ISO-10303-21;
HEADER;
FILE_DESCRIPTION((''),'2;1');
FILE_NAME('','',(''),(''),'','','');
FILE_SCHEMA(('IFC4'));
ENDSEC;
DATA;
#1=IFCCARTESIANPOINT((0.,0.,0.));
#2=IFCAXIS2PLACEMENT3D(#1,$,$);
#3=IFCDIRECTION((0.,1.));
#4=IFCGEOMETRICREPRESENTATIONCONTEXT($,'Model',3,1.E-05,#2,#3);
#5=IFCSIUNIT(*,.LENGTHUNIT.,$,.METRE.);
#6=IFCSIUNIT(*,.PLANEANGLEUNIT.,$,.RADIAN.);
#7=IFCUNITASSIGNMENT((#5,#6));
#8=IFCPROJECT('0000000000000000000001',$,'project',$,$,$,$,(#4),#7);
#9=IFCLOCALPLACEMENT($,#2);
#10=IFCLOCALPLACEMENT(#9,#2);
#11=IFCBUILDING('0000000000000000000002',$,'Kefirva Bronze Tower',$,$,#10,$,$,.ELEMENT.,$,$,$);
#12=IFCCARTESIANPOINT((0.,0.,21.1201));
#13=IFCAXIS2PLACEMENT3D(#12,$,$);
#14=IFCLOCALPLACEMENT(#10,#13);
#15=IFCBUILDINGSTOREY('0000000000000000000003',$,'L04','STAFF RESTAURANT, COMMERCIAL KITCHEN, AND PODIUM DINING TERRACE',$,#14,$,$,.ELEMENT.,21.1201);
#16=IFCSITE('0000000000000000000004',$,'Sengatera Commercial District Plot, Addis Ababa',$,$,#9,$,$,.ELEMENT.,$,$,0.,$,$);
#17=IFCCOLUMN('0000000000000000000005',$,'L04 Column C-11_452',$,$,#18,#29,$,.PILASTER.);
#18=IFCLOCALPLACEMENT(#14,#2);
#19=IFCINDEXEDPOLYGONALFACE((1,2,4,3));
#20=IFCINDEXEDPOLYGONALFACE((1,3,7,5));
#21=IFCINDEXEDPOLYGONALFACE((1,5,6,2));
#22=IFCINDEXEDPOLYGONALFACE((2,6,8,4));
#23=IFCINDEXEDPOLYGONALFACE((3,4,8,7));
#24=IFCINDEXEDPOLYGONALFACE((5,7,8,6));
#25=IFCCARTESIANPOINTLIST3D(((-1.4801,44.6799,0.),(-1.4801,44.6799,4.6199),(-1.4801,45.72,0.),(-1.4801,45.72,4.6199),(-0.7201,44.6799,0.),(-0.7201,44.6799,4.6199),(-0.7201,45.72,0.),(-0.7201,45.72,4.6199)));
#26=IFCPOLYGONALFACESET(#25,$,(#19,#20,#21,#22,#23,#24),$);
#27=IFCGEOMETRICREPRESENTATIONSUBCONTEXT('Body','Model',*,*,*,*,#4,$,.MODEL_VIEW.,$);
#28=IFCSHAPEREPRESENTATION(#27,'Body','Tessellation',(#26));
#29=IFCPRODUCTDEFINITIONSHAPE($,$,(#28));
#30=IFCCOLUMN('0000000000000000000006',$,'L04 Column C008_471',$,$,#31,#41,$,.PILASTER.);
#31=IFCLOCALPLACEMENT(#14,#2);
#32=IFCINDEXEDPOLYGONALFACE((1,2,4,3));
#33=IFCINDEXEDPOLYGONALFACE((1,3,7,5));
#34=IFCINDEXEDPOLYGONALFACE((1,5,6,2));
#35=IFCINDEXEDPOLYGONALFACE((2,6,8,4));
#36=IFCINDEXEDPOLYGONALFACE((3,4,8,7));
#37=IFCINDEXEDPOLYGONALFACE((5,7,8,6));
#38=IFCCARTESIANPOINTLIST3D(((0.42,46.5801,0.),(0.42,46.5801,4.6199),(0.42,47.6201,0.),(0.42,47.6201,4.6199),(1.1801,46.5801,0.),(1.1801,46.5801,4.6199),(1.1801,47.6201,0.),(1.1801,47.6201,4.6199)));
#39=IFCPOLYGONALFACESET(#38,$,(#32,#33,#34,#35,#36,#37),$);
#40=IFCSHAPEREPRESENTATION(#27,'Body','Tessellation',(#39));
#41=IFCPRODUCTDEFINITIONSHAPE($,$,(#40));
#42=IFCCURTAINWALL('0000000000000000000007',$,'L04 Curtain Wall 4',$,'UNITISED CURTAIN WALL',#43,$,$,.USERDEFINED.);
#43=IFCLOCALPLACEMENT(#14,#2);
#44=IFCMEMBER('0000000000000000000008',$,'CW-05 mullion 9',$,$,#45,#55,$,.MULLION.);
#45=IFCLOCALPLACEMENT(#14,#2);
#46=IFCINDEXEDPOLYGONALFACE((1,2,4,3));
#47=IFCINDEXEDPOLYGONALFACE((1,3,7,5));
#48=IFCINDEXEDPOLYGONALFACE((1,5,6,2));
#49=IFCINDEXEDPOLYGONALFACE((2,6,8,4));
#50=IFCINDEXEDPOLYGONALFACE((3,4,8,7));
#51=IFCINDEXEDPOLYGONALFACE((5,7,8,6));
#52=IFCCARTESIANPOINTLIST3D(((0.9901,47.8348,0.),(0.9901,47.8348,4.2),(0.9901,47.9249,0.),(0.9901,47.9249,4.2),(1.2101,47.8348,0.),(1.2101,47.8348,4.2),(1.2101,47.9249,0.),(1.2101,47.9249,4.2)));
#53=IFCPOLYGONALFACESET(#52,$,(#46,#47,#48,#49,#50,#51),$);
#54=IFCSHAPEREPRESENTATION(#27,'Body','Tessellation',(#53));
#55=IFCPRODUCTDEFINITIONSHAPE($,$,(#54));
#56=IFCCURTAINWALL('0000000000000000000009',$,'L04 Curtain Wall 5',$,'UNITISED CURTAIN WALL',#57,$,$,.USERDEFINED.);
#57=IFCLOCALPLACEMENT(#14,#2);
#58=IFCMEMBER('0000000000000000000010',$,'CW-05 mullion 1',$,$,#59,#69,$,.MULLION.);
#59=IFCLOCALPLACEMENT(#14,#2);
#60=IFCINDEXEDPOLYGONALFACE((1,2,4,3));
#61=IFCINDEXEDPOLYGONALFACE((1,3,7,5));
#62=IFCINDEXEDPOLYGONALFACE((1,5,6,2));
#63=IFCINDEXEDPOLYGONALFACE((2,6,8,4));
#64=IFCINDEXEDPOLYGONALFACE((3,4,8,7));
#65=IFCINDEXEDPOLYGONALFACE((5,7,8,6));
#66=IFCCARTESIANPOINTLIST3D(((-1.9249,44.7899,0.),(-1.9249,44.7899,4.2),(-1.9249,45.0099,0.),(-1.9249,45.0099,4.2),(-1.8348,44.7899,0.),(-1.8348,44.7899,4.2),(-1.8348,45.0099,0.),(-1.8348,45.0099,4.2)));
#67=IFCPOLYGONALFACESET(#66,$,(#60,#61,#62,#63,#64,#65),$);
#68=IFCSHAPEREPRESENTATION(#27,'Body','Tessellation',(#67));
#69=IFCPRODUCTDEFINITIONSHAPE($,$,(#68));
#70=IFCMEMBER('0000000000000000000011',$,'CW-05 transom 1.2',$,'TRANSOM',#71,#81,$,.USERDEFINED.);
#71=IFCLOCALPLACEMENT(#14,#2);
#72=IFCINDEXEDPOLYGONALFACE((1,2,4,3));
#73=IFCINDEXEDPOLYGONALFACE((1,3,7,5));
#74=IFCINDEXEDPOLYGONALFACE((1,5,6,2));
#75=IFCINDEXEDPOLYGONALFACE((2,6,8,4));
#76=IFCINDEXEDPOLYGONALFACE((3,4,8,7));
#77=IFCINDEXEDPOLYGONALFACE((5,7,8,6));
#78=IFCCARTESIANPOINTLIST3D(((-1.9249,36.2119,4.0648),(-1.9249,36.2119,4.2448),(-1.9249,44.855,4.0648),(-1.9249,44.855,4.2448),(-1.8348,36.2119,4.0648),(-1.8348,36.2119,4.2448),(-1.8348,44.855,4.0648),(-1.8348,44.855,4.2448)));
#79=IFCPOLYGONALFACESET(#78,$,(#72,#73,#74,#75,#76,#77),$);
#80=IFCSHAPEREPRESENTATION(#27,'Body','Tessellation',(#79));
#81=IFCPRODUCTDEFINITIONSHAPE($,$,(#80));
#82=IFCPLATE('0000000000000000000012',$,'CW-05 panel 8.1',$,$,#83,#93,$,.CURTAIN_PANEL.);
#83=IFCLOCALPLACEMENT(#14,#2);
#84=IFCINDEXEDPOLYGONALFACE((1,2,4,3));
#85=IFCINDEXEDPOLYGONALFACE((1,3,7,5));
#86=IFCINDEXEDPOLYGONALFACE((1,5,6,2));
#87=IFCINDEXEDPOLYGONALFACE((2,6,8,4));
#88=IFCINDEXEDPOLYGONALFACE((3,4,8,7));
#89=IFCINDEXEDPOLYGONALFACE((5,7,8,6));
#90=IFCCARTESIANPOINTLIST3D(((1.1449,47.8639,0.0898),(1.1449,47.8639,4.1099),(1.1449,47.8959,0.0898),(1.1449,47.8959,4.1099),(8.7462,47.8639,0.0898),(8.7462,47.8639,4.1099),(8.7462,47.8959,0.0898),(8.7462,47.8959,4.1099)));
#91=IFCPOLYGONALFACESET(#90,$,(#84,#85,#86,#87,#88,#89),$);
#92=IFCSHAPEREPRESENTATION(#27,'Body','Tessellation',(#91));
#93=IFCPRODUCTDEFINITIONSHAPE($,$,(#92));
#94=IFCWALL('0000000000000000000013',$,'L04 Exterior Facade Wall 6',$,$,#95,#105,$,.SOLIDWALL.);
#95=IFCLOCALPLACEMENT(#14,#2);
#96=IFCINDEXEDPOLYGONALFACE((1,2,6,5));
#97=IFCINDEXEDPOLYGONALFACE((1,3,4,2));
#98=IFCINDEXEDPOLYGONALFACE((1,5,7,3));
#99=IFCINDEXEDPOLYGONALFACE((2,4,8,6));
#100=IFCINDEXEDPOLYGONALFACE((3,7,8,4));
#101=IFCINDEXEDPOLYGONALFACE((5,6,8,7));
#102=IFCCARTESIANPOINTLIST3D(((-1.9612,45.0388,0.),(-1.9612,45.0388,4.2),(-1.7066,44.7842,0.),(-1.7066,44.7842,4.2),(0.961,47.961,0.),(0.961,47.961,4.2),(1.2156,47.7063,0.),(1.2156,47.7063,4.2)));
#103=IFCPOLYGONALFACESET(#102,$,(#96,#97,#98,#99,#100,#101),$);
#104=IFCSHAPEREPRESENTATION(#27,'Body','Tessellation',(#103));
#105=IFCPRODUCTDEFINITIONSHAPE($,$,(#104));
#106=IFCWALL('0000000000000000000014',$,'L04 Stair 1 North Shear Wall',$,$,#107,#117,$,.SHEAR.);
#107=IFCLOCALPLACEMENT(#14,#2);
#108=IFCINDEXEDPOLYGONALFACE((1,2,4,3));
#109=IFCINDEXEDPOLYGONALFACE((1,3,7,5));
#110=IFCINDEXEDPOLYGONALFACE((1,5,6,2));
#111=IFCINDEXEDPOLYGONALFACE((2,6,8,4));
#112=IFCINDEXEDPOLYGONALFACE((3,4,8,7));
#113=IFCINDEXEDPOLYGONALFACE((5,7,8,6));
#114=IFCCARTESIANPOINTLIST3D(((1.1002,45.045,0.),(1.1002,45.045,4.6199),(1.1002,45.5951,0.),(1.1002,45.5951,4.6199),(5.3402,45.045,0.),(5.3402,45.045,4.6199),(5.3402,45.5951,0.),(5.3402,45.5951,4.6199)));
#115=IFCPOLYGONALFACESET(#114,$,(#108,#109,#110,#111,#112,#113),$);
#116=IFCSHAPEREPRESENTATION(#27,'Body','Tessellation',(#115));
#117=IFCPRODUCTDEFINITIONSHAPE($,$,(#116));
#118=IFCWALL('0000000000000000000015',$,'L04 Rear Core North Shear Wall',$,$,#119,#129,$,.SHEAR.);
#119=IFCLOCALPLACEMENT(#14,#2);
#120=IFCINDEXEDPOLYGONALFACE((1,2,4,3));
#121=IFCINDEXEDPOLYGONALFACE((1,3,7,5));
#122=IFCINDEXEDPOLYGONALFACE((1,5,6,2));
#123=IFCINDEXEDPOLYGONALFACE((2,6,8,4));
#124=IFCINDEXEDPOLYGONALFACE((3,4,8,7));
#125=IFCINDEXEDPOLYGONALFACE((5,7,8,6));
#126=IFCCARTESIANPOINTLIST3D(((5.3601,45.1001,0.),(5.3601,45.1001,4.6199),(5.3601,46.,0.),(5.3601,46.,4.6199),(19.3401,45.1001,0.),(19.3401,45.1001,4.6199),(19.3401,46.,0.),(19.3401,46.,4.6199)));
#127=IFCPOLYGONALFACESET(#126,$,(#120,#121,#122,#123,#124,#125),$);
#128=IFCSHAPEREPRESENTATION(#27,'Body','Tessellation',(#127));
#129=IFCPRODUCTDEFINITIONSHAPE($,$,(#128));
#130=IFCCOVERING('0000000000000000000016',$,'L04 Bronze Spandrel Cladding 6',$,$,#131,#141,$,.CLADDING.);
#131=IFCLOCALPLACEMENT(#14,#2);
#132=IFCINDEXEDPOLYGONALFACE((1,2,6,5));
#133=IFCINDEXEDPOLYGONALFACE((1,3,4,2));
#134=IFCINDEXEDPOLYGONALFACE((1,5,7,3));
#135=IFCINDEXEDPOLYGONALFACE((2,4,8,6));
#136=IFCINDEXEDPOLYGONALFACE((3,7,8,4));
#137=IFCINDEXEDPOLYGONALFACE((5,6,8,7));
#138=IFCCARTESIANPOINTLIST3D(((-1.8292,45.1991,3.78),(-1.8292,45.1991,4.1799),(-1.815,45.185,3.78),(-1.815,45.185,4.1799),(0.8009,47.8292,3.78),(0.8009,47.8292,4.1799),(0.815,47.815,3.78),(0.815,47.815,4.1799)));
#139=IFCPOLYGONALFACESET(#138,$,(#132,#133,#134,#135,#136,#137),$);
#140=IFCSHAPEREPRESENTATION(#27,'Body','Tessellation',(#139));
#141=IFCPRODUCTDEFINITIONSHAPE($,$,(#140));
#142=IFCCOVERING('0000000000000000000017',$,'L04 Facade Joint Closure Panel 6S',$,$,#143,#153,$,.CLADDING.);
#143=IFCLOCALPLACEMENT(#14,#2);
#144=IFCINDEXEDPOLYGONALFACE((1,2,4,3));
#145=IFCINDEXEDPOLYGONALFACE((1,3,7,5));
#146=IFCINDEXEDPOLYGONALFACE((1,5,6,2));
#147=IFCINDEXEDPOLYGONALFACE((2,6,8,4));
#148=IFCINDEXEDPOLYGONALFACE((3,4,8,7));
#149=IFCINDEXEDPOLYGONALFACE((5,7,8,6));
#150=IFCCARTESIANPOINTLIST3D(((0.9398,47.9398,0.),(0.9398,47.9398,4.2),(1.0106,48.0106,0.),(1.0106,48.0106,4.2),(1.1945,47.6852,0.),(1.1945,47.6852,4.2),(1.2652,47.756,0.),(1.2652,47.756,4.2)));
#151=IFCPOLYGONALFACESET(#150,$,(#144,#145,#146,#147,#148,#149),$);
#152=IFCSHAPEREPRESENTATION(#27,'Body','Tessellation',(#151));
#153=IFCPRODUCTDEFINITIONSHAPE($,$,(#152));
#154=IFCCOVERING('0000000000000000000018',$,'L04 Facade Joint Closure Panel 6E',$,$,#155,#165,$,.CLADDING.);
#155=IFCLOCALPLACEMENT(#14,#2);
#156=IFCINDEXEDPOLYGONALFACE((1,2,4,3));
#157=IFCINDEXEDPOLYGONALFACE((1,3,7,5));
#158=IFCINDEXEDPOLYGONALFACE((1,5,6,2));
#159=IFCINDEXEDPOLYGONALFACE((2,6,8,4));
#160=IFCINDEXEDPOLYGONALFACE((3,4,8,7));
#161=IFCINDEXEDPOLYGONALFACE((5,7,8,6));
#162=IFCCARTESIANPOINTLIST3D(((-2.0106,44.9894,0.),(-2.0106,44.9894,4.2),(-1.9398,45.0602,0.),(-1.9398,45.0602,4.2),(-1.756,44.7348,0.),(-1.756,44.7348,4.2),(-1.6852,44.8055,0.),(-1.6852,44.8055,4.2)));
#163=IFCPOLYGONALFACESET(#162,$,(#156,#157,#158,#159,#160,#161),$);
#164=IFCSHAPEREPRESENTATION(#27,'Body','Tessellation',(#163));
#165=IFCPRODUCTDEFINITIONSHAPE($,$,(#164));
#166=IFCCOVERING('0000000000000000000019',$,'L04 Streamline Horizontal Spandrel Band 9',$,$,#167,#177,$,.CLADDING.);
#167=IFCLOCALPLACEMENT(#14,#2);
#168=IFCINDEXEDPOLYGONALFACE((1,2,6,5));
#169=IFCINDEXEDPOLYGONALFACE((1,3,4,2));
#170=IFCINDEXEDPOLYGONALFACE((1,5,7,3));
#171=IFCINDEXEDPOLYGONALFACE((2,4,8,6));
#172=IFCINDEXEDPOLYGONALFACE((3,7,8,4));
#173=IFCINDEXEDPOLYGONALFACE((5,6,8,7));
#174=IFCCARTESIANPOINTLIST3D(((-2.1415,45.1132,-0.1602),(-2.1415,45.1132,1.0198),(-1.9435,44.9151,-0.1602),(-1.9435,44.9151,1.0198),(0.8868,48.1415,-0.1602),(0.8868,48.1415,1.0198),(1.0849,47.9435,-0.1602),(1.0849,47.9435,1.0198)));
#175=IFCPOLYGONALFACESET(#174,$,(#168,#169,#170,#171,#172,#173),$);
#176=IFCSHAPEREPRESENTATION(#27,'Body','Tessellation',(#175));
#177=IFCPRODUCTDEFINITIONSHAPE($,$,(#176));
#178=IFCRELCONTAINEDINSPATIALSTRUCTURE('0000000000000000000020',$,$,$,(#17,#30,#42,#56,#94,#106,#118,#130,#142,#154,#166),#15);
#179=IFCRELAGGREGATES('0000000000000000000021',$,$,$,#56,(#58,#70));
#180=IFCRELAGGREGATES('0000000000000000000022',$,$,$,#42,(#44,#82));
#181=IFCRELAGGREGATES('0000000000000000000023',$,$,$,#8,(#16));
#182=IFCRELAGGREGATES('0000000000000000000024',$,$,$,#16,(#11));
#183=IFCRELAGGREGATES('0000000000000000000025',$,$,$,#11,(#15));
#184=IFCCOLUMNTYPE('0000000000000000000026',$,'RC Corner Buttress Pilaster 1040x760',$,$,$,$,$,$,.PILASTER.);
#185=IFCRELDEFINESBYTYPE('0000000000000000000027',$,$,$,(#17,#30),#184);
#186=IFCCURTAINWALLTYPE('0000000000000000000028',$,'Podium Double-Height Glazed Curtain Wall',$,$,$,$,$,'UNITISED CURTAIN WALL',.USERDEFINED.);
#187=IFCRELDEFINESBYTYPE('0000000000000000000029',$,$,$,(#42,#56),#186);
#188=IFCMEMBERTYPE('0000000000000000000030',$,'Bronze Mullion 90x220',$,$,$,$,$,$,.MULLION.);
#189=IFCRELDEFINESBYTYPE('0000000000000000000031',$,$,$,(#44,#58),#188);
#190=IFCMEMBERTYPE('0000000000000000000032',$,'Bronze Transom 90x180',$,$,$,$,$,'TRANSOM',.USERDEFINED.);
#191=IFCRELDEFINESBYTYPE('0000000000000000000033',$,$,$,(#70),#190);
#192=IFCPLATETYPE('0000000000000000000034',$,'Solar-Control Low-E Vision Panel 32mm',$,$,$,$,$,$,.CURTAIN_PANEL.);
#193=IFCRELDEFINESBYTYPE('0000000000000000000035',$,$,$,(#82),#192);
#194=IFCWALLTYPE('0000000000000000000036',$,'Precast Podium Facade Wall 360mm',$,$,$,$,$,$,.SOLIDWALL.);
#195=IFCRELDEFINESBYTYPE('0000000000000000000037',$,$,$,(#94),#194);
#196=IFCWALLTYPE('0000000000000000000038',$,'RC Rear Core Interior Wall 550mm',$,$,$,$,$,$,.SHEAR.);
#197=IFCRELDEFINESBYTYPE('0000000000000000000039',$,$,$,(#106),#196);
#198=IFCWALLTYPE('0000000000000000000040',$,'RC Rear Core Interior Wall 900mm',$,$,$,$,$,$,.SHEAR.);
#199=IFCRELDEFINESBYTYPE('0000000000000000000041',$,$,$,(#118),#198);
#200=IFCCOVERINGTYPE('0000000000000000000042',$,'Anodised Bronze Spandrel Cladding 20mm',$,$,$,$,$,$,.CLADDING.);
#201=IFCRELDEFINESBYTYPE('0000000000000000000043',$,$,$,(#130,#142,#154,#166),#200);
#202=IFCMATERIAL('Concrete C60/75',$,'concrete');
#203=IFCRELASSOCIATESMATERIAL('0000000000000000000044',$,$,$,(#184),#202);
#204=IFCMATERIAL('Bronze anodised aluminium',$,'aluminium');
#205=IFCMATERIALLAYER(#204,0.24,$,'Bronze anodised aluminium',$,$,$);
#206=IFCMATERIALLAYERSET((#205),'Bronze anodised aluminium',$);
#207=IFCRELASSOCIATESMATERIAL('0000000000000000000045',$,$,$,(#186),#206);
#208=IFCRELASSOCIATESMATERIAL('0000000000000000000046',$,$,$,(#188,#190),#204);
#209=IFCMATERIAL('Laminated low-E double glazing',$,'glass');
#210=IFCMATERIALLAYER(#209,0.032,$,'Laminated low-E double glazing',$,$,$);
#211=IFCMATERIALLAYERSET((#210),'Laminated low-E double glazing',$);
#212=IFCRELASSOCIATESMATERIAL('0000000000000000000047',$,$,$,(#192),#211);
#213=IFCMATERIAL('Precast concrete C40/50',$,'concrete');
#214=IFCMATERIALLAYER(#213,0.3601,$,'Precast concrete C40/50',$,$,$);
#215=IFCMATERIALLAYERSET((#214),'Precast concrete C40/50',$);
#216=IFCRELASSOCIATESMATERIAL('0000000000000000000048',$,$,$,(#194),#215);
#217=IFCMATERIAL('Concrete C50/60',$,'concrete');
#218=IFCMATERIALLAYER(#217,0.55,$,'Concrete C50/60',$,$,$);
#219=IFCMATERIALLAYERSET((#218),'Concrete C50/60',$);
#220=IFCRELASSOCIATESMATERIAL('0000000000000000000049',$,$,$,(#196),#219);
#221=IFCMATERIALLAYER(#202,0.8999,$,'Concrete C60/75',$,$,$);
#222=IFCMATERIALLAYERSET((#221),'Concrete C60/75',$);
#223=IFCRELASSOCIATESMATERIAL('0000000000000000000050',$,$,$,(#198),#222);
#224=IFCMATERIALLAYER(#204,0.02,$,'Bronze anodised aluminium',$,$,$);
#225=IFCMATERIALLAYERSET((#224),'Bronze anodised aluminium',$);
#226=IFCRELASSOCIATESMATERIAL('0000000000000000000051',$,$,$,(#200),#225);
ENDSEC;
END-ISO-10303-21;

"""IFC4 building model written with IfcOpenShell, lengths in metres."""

from ifc_helpers import new_model, si_unit, direction, frame, frame_2d, origin, origin_2d, place, context, subcontext, project, spatial, rectangle, extrude, material, layer, layer_set, material_profile, profile_set, type_object, element, aggregate, save


model = new_model("IFC4")

# Units and contexts
model_context = context("Model", 3, precision=1e-05, world=origin(), true_north=direction((0.0, 1.0)))
body_context = subcontext(model_context, "Body", "Model", "MODEL_VIEW")
ifc_project = project(units=[si_unit("LENGTHUNIT", "METRE"), si_unit("PLANEANGLEUNIT", "RADIAN")], contexts=[model_context])

# Site, building, storey
site_placement = place(None, origin())
site = spatial("IfcSite", under=ifc_project, at=site_placement, Name="Sengatera Commercial District Plot, Addis Ababa", CompositionType="ELEMENT", RefElevation=0.0)
building_placement = place(site_placement, origin())
building = spatial("IfcBuilding", under=site, at=building_placement, Name="Kefirva Bronze Tower", CompositionType="ELEMENT")
storey_placement = place(building_placement, frame((0.0, 0.0, 21.1201)))
storey = spatial("IfcBuildingStorey", under=building, at=storey_placement, Name="L04", Description="STAFF RESTAURANT, COMMERCIAL KITCHEN, AND PODIUM DINING TERRACE", CompositionType="ELEMENT", Elevation=21.1201)

# Columns
ifc_material_1 = material(Name="Concrete C60/75", Category="concrete")
ifc_material_profile_1 = material_profile(ifc_material_1, rectangle(XDim=0.76, YDim=1.04, at=origin_2d()), Name="RC 760x1040")
ifc_profile_set_1 = profile_set([ifc_material_profile_1], Name="Concrete C60/75")
column_type = type_object("IfcColumnType", Name="RC Corner Buttress Pilaster 1040x760", PredefinedType="PILASTER", material=ifc_profile_set_1)
for number, where, z_axis, x_axis, name in (
    (1, (-1.1001, 45.2, 0.0), (0.0, 0.0, 1.0), (1.0, 0.0, 0.0), "L04 Column C-11_452"),
    (2, (0.8, 47.1001, 0.0), (0.0, 0.0, 1.0), (1.0, 0.0, 0.0), "L04 Column C008_471"),
):
    element("IfcColumn", number, at=place(storey_placement, frame(where, z_axis=z_axis, x_axis=x_axis)), inside=storey, type_object=column_type, Name=name, PredefinedType="PILASTER", context=body_context, shape_type="SweptSolid", body=[
        extrude(rectangle(XDim=0.76, YDim=1.04, at=origin_2d()), origin(), (0.0, 0.0, 1.0), 4.6199),
    ])

# Curtain wall, member
ifc_material_2 = material(Name="Bronze anodised aluminium", Category="aluminium")
ifc_layer_1 = layer(ifc_material_2, 0.24, Name="Bronze anodised aluminium")
ifc_layer_set_1 = layer_set([ifc_layer_1], Name="Bronze anodised aluminium")
curtain_wall_type = type_object("IfcCurtainWallType", Name="Podium Double-Height Glazed Curtain Wall", ElementType="UNITISED CURTAIN WALL", PredefinedType="USERDEFINED", material=ifc_layer_set_1)
curtain_wall_1_placement = place(storey_placement, origin())
curtain_wall_1 = element("IfcCurtainWall", 3, at=curtain_wall_1_placement, inside=storey, type_object=curtain_wall_type, Name="L04 Curtain Wall 4", ObjectType="UNITISED CURTAIN WALL", PredefinedType="USERDEFINED")
ifc_material_profile_2 = material_profile(ifc_material_2, rectangle(XDim=0.0901, YDim=0.22, at=origin_2d()), Name="ALU 90x220")
ifc_profile_set_2 = profile_set([ifc_material_profile_2], Name="Bronze anodised aluminium")
member_type_1 = type_object("IfcMemberType", Name="Bronze Mullion 90x220", PredefinedType="MULLION", material=ifc_profile_set_2)
member_1_placement = place(storey_placement, frame((1.1001, 47.8799, 0.0), z_axis=(0.0, 0.0, 1.0), x_axis=(0.0, -1.0, 0.0)))
member_1 = element("IfcMember", 4, at=member_1_placement, type_object=member_type_1, Name="CW-05 mullion 9", PredefinedType="MULLION", context=body_context, shape_type="SweptSolid", body=[
    extrude(rectangle(XDim=0.0901, YDim=0.22, at=origin_2d()), origin(), (0.0, 0.0, 1.0), 4.2),
])

# Curtain wall, members
curtain_wall_2_placement = place(storey_placement, origin())
curtain_wall_2 = element("IfcCurtainWall", 5, at=curtain_wall_2_placement, inside=storey, type_object=curtain_wall_type, Name="L04 Curtain Wall 5", ObjectType="UNITISED CURTAIN WALL", PredefinedType="USERDEFINED")
member_2_placement = place(storey_placement, frame((-1.8799, 44.8999, 0.0), z_axis=(0.0, 0.0, 1.0), x_axis=(1.0, 0.0, 0.0)))
member_2 = element("IfcMember", 6, at=member_2_placement, type_object=member_type_1, Name="CW-05 mullion 1", PredefinedType="MULLION", context=body_context, shape_type="SweptSolid", body=[
    extrude(rectangle(XDim=0.0901, YDim=0.22, at=origin_2d()), origin(), (0.0, 0.0, 1.0), 4.2),
])
ifc_material_profile_3 = material_profile(ifc_material_2, rectangle(XDim=0.0901, YDim=0.1799, at=origin_2d()), Name="ALU 90x180")
ifc_profile_set_3 = profile_set([ifc_material_profile_3], Name="Bronze anodised aluminium")
member_type_2 = type_object("IfcMemberType", Name="Bronze Transom 90x180", ElementType="TRANSOM", PredefinedType="USERDEFINED", material=ifc_profile_set_3)
member_3_placement = place(storey_placement, frame((-1.8799, 44.855, 4.1548), z_axis=(0.0, -1.0, 0.0), x_axis=(1.0, 0.0, 0.0)))
member_3 = element("IfcMember", 7, at=member_3_placement, type_object=member_type_2, Name="CW-05 transom 1.2", ObjectType="TRANSOM", PredefinedType="USERDEFINED", context=body_context, shape_type="SweptSolid", body=[
    extrude(rectangle(XDim=0.0901, YDim=0.1799, at=origin_2d()), origin(), (0.0, 0.0, 1.0), 8.6431),
])
aggregate(curtain_wall_2, [member_2, member_3])

# Plate
ifc_material_3 = material(Name="Laminated low-E double glazing", Category="glass")
ifc_layer_2 = layer(ifc_material_3, 0.032, Name="Laminated low-E double glazing")
ifc_layer_set_2 = layer_set([ifc_layer_2], Name="Laminated low-E double glazing")
plate_type = type_object("IfcPlateType", Name="Solar-Control Low-E Vision Panel 32mm", PredefinedType="CURTAIN_PANEL", material=ifc_layer_set_2)
plate_placement = place(storey_placement, frame((4.9456, 47.8799, 0.0898), z_axis=(0.0, 0.0, 1.0), x_axis=(-1.0, 0.0, 0.0)))
plate = element("IfcPlate", 8, at=plate_placement, type_object=plate_type, Name="CW-05 panel 8.1", PredefinedType="CURTAIN_PANEL", context=body_context, shape_type="SweptSolid", body=[
    extrude(rectangle(XDim=7.6013, YDim=0.032, at=origin_2d()), origin(), (0.0, 0.0, 1.0), 4.02),
])
aggregate(curtain_wall_1, [member_1, plate])

# Walls
ifc_material_4 = material(Name="Precast concrete C40/50", Category="concrete")
ifc_layer_3 = layer(ifc_material_4, 0.3601, Name="Precast concrete C40/50")
ifc_layer_set_3 = layer_set([ifc_layer_3], Name="Precast concrete C40/50")
wall_type_1 = type_object("IfcWallType", Name="Precast Podium Facade Wall 360mm", PredefinedType="SOLIDWALL", material=ifc_layer_set_3)
wall_1_placement = place(storey_placement, frame((1.0884, 47.8337, 0.0), z_axis=(0.0, 0.0, 1.0), x_axis=(-0.707107, -0.707107, 0.0)))
element("IfcWall", 9, at=wall_1_placement, inside=storey, type_object=wall_type_1, Name="L04 Exterior Facade Wall 6", PredefinedType="SOLIDWALL", context=body_context, shape_type="SweptSolid", body=[
    extrude(rectangle(XDim=4.1326, YDim=0.3601, at=frame_2d((2.0664, 0.0))), origin(), (0.0, 0.0, 1.0), 4.2),
])
ifc_material_5 = material(Name="Concrete C50/60", Category="concrete")
ifc_layer_4 = layer(ifc_material_5, 0.55, Name="Concrete C50/60")
ifc_layer_set_4 = layer_set([ifc_layer_4], Name="Concrete C50/60")
wall_type_2 = type_object("IfcWallType", Name="RC Rear Core Interior Wall 550mm", PredefinedType="SHEAR", material=ifc_layer_set_4)
wall_2_placement = place(storey_placement, frame((1.1001, 45.3201, 0.0), z_axis=(0.0, 0.0, 1.0), x_axis=(1.0, 0.0, 0.0)))
element("IfcWall", 10, at=wall_2_placement, inside=storey, type_object=wall_type_2, Name="L04 Stair 1 North Shear Wall", PredefinedType="SHEAR", context=body_context, shape_type="SweptSolid", body=[
    extrude(rectangle(XDim=4.24, YDim=0.55, at=frame_2d((2.1201, 0.0))), origin(), (0.0, 0.0, 1.0), 4.6199),
])
ifc_layer_5 = layer(ifc_material_1, 0.8999, Name="Concrete C60/75")
ifc_layer_set_5 = layer_set([ifc_layer_5], Name="Concrete C60/75")
wall_type_3 = type_object("IfcWallType", Name="RC Rear Core Interior Wall 900mm", PredefinedType="SHEAR", material=ifc_layer_set_5)
wall_3_placement = place(storey_placement, frame((5.3601, 45.55, 0.0), z_axis=(0.0, 0.0, 1.0), x_axis=(1.0, 0.0, 0.0)))
element("IfcWall", 11, at=wall_3_placement, inside=storey, type_object=wall_type_3, Name="L04 Rear Core North Shear Wall", PredefinedType="SHEAR", context=body_context, shape_type="SweptSolid", body=[
    extrude(rectangle(XDim=13.98, YDim=0.8999, at=frame_2d((6.99, 0.0))), origin(), (0.0, 0.0, 1.0), 4.6199),
])

# Coverings
ifc_layer_6 = layer(ifc_material_2, 0.02, Name="Bronze anodised aluminium")
ifc_layer_set_6 = layer_set([ifc_layer_6], Name="Bronze anodised aluminium")
covering_type_1 = type_object("IfcCoveringType", Name="Anodised Bronze Spandrel Cladding 20mm", PredefinedType="CLADDING", material=ifc_layer_set_6)
covering_1_placement = place(storey_placement, frame((-0.5071, 46.5071, 3.78), z_axis=(0.0, 0.0, 1.0), x_axis=(-0.707107, -0.707107, 0.0)))
element("IfcCovering", 12, at=covering_1_placement, inside=storey, type_object=covering_type_1, Name="L04 Bronze Spandrel Cladding 6", PredefinedType="CLADDING", context=body_context, shape_type="SweptSolid", body=[
    extrude(rectangle(XDim=3.7195, YDim=0.02, at=origin_2d()), origin(), (0.0, 0.0, 1.0), 0.3999),
])
for number, where, z_axis, x_axis, name in (
    (13, (1.1025, 47.8479, 0.0), (0.0, 0.0, 1.0), (-0.707107, -0.707107, 0.0), "L04 Facade Joint Closure Panel 6S"),
    (14, (-1.8479, 44.8975, 0.0), (0.0, 0.0, 1.0), (-0.707107, -0.707107, 0.0), "L04 Facade Joint Closure Panel 6E"),
):
    element("IfcCovering", number, at=place(storey_placement, frame(where, z_axis=z_axis, x_axis=x_axis)), inside=storey, type_object=covering_type_1, Name=name, PredefinedType="CLADDING", context=body_context, shape_type="SweptSolid", body=[
        extrude(rectangle(XDim=0.1001, YDim=0.3601, at=origin_2d()), origin(), (0.0, 0.0, 1.0), 4.2),
    ])
covering_2_placement = place(storey_placement, frame((-0.5283, 46.5283, -0.1602), z_axis=(0.0, 0.0, 1.0), x_axis=(-0.707107, -0.707107, 0.0)))
element("IfcCovering", 15, at=covering_2_placement, inside=storey, type_object=covering_type_1, Name="L04 Streamline Horizontal Spandrel Band 9", PredefinedType="CLADDING", context=body_context, shape_type="SweptSolid", body=[
    extrude(rectangle(XDim=4.2827, YDim=0.28, at=origin_2d()), origin(), (0.0, 0.0, 1.0), 1.1799),
])

save(model, "model.ifc")
